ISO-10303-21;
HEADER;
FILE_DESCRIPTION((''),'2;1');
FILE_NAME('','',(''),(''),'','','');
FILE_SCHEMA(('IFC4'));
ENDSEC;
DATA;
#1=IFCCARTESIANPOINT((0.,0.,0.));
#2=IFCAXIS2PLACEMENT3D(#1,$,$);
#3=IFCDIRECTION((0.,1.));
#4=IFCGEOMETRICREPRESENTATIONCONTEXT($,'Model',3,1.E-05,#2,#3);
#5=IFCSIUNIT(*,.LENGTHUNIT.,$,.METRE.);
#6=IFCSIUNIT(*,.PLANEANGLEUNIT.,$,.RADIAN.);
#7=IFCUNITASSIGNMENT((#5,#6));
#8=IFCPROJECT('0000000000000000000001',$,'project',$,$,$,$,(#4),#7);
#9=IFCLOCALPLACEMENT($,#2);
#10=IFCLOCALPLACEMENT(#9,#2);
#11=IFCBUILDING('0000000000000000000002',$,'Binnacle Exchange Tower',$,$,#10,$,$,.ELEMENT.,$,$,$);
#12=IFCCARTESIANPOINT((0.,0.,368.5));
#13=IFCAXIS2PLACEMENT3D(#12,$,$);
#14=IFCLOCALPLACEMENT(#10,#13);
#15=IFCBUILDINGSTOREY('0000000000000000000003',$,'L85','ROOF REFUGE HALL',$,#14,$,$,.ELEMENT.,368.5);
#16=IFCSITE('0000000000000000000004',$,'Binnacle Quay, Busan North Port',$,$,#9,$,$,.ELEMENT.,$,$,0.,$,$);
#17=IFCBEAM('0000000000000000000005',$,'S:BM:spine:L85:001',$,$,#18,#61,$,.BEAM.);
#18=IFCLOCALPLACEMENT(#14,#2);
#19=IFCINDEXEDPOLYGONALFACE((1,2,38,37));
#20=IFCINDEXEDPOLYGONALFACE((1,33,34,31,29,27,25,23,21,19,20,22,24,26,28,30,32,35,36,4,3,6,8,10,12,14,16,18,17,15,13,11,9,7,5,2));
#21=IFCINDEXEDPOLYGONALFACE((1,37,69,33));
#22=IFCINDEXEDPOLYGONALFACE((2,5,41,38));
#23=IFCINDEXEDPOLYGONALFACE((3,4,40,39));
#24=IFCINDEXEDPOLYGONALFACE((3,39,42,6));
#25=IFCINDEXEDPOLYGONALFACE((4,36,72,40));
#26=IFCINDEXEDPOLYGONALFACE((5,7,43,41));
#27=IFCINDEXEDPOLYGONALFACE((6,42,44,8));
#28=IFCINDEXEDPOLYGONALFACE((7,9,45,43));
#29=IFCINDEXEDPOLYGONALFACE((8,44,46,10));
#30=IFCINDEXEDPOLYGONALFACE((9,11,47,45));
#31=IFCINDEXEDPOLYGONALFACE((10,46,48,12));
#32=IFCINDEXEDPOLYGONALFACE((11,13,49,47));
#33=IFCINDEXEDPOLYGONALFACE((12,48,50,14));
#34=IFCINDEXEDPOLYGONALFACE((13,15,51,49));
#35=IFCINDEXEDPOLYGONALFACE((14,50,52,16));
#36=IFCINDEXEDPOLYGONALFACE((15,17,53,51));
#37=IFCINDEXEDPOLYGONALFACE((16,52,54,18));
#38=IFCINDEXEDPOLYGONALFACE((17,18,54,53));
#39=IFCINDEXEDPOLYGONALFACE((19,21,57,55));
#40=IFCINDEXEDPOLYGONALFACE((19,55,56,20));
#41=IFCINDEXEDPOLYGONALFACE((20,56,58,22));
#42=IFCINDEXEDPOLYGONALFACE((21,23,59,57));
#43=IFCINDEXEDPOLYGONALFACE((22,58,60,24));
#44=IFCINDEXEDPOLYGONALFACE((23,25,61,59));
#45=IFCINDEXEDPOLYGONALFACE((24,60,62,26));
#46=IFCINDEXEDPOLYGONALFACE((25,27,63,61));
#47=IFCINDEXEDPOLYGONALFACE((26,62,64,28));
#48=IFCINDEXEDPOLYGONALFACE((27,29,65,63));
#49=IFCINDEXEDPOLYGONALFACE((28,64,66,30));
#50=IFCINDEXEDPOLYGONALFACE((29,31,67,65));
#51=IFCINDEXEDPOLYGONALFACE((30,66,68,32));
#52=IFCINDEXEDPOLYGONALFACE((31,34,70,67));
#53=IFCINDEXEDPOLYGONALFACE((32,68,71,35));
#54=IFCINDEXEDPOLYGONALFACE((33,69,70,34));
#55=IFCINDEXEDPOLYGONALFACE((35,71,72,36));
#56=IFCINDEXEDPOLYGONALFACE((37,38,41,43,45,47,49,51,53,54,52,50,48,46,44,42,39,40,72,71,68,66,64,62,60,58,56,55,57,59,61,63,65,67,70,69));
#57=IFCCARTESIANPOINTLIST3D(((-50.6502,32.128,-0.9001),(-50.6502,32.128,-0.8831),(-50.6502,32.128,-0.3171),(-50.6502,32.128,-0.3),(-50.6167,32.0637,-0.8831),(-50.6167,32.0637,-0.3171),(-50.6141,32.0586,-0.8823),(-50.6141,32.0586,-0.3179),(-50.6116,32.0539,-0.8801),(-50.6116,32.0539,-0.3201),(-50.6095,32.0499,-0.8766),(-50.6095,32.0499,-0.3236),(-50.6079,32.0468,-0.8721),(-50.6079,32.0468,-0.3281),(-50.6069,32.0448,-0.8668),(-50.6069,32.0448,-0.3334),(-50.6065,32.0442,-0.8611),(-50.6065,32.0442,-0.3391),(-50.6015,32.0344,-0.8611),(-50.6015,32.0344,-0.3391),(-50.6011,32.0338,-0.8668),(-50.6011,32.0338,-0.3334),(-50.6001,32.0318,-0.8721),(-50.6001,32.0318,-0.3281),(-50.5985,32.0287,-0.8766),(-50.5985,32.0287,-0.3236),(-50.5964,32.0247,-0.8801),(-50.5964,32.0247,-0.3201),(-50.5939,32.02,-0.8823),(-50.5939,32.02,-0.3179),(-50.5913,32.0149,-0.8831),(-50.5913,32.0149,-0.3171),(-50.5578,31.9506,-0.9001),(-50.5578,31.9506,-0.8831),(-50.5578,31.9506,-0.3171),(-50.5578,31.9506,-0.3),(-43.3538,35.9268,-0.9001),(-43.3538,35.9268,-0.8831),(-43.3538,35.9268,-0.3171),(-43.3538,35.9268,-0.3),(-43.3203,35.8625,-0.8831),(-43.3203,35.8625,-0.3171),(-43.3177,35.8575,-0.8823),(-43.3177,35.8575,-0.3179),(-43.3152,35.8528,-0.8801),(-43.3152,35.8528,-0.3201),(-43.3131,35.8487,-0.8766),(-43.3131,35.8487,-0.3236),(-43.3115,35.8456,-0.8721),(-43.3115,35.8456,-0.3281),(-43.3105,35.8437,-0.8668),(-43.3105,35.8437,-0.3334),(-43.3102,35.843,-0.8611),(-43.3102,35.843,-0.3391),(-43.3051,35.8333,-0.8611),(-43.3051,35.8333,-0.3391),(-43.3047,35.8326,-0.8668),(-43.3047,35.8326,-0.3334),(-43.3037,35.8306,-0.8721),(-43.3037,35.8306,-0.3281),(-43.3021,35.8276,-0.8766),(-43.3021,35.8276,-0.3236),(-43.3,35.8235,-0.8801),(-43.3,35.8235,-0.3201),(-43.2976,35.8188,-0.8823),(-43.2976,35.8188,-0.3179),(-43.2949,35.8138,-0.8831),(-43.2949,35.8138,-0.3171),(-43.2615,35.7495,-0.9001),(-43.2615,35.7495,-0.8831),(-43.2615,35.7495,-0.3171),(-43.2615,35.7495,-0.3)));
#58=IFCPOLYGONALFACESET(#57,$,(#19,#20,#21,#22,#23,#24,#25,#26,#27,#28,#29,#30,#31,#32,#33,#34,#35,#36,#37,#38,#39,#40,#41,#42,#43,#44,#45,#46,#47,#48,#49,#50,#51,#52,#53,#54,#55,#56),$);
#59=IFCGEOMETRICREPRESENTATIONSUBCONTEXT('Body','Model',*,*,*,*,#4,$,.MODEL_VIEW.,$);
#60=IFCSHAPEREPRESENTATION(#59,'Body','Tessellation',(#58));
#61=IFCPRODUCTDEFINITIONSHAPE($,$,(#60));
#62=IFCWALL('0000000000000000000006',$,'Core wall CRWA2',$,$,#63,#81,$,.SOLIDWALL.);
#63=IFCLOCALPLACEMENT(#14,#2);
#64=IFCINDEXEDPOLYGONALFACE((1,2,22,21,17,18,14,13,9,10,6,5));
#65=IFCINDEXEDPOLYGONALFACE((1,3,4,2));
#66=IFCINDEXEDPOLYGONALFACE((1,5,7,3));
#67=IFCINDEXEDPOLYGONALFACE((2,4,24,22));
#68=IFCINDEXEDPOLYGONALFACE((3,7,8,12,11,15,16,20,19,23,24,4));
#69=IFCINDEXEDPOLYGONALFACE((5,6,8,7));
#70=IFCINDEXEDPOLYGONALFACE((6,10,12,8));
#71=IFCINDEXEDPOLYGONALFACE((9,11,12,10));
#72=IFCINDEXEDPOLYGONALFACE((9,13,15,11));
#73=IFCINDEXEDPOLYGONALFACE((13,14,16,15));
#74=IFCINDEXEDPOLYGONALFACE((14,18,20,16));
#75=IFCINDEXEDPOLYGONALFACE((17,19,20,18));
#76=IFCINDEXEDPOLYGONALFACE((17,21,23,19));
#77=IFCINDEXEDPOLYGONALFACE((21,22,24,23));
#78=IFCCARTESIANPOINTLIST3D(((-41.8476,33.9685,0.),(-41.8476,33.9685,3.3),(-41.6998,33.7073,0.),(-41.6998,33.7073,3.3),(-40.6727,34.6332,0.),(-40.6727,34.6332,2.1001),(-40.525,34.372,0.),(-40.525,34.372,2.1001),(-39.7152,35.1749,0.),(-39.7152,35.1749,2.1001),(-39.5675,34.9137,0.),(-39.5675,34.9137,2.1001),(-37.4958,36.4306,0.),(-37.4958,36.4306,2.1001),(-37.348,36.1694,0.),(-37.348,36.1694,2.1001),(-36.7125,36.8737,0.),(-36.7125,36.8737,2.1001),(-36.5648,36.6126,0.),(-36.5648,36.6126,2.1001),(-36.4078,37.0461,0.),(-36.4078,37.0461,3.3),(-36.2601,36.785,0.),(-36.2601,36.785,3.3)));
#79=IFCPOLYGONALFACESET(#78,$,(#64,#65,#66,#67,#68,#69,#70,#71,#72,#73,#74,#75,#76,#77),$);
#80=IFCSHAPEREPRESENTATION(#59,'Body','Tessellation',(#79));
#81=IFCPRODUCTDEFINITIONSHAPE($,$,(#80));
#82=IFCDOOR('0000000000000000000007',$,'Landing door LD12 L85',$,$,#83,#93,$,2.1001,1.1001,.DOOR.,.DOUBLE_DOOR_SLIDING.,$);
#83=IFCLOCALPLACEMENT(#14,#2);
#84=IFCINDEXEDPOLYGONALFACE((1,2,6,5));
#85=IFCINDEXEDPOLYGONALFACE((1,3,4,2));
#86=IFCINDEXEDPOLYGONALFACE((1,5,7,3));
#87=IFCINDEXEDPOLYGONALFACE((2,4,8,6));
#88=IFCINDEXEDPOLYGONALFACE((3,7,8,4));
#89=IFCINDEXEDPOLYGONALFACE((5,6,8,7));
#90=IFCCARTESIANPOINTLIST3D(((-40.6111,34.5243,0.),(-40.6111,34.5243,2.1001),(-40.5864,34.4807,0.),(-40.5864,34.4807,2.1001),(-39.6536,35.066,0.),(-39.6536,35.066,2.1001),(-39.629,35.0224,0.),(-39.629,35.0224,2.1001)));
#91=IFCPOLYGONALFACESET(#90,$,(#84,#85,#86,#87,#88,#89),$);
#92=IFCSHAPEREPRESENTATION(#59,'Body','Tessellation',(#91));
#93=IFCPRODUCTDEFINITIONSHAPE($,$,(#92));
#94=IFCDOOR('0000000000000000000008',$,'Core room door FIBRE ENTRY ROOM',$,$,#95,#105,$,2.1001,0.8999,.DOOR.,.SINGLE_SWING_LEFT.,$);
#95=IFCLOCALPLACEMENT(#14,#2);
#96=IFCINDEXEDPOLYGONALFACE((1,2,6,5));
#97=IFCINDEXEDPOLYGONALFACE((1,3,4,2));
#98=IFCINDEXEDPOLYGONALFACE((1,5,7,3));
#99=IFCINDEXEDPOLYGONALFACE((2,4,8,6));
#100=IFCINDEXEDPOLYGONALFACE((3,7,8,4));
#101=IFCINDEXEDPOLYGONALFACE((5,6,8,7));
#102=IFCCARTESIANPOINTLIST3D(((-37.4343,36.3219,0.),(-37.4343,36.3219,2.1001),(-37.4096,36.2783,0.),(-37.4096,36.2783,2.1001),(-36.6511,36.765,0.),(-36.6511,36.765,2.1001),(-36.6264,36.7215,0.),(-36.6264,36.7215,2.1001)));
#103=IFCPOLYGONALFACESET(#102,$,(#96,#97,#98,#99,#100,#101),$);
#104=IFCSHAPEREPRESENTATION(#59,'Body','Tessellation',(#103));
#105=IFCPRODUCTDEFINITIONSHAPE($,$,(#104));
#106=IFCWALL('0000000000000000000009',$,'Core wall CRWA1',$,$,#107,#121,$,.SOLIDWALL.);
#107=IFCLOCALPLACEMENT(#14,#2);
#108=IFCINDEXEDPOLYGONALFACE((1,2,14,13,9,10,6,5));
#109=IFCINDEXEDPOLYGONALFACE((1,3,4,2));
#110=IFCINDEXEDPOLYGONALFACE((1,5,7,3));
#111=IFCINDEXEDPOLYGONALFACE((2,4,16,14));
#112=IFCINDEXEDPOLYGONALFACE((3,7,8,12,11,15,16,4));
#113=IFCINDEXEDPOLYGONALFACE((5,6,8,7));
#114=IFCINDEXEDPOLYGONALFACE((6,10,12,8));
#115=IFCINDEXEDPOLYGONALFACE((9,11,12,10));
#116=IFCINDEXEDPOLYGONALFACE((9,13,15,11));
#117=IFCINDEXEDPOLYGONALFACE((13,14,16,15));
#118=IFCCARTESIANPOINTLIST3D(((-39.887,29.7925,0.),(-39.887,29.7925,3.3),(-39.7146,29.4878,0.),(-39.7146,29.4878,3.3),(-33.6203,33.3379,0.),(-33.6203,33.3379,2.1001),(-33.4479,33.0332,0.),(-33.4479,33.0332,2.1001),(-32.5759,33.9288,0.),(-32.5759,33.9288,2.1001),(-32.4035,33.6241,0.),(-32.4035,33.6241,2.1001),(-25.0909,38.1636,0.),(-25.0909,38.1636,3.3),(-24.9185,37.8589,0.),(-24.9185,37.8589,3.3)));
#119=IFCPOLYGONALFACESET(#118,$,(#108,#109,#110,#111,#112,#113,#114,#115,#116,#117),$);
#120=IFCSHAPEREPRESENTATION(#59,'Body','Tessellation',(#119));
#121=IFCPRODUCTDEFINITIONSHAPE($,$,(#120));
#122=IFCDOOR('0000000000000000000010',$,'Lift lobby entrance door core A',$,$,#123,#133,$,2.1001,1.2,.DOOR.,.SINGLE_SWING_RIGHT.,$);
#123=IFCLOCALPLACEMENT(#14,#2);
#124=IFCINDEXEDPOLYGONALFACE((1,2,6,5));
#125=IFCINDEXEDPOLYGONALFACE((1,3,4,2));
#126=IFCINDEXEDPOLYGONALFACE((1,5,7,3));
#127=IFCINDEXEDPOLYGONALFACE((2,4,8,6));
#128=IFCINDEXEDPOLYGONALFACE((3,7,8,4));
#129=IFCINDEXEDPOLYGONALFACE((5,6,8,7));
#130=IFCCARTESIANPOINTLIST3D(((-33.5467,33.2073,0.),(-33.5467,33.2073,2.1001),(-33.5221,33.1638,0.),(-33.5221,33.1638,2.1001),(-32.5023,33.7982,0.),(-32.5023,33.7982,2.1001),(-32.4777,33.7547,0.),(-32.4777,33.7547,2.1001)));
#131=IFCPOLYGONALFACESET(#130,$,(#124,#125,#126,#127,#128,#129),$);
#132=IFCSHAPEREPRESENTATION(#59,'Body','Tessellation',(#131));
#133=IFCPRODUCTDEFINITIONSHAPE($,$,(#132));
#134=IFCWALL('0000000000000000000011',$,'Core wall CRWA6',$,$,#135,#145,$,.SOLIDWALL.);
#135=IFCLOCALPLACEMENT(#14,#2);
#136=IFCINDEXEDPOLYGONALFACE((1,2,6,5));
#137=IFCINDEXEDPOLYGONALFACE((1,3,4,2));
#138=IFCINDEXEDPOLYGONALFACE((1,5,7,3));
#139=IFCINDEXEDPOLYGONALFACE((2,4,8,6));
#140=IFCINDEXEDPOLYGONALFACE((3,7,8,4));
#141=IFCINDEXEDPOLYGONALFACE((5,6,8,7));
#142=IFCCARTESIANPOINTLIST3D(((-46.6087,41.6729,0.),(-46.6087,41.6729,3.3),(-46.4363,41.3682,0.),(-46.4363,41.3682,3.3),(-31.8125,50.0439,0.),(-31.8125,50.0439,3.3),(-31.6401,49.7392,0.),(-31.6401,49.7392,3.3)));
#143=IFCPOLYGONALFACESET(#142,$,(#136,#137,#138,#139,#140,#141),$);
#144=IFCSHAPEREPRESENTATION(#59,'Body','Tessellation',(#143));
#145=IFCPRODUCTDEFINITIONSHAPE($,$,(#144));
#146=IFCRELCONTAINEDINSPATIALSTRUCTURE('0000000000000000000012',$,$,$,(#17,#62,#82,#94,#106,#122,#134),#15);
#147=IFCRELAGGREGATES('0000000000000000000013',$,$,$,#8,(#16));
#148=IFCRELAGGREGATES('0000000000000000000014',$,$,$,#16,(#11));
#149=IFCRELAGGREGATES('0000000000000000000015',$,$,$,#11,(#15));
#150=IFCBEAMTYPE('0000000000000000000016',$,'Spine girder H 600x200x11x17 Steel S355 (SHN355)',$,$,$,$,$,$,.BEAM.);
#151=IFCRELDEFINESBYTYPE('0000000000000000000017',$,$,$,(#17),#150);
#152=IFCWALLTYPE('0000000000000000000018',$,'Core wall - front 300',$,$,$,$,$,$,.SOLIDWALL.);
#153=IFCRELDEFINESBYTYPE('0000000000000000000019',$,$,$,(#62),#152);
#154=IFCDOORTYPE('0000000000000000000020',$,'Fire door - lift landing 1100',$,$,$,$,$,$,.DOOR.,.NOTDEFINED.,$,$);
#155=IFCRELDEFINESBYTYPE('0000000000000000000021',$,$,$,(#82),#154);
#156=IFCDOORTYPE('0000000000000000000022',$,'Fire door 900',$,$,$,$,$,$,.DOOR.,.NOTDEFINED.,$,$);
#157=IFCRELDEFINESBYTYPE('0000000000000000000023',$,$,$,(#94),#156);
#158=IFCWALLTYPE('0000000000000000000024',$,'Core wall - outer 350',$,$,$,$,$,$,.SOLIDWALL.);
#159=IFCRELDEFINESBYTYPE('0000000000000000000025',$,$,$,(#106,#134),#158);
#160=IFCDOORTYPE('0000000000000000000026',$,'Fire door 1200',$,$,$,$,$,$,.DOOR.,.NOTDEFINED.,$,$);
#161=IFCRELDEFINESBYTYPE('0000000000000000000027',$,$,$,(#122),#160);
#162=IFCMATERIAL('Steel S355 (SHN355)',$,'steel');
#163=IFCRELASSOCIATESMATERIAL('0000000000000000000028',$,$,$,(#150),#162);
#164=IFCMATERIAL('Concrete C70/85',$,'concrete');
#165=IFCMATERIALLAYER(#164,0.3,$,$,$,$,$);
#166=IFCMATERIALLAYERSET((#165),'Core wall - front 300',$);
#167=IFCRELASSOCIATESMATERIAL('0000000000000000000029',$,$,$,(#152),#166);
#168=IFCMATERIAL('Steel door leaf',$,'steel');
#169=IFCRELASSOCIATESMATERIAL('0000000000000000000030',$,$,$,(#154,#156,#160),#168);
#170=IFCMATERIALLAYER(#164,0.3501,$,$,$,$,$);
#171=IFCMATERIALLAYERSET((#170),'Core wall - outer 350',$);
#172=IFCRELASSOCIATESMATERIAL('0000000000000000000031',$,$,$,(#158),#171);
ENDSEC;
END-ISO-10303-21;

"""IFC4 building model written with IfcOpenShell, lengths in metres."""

from ifc_helpers import new_model, si_unit, direction, frame, frame_2d, origin, origin_2d, place, context, subcontext, project, spatial, rectangle, i_section, extrude, material, layer, layer_set, material_profile, profile_set, type_object, element, fill, save


model = new_model("IFC4")

# Units and contexts
model_context = context("Model", 3, precision=1e-05, world=origin(), true_north=direction((0.0, 1.0)))
body_context = subcontext(model_context, "Body", "Model", "MODEL_VIEW")
ifc_project = project(units=[si_unit("LENGTHUNIT", "METRE"), si_unit("PLANEANGLEUNIT", "RADIAN")], contexts=[model_context])

# Site, building, storey
site_placement = place(None, origin())
site = spatial("IfcSite", under=ifc_project, at=site_placement, Name="Binnacle Quay, Busan North Port", CompositionType="ELEMENT", RefElevation=0.0)
building_placement = place(site_placement, origin())
building = spatial("IfcBuilding", under=site, at=building_placement, Name="Binnacle Exchange Tower", CompositionType="ELEMENT")
storey_placement = place(building_placement, frame((0.0, 0.0, 368.5)))
storey = spatial("IfcBuildingStorey", under=building, at=storey_placement, Name="L85", Description="ROOF REFUGE HALL", CompositionType="ELEMENT", Elevation=368.5)

# Shared definitions
ifc_material_1 = material(Name="Steel S355 (SHN355)", Category="steel")

# Beam
ifc_material_profile_1 = material_profile(ifc_material_1, i_section(OverallWidth=0.2, OverallDepth=0.6001, WebThickness=0.011, FlangeThickness=0.0171, FilletRadius=0.022, at=origin_2d()), Name="H 600x200x11x17")
ifc_profile_set_1 = profile_set([ifc_material_profile_1], Name="Steel S355 (SHN355)")
beam_type_1 = type_object("IfcBeamType", Name="Spine girder H 600x200x11x17 Steel S355 (SHN355)", PredefinedType="BEAM", material=ifc_profile_set_1)
beam_1_placement = place(storey_placement, frame((-50.604, 32.0393, -0.6001), z_axis=(0.886982, 0.461803, 0.0), x_axis=(-0.461803, 0.886982, 0.0)))
element("IfcBeam", 1, at=beam_1_placement, inside=storey, type_object=beam_type_1, Name="S:BM:spine:L85:001", PredefinedType="BEAM", context=body_context, shape_type="SweptSolid", body=[
    extrude(i_section(OverallWidth=0.2, OverallDepth=0.6001, WebThickness=0.011, FlangeThickness=0.0171, FilletRadius=0.022, at=origin_2d()), origin(), (0.0, 0.0, 1.0), 8.2261),
])

# Wall, openings, doors
ifc_material_2 = material(Name="Concrete C70/85", Category="concrete")
ifc_layer_1 = layer(ifc_material_2, 0.3)
ifc_layer_set_1 = layer_set([ifc_layer_1], Name="Core wall - front 300")
wall_type_1 = type_object("IfcWallType", Name="Core wall - front 300", PredefinedType="SOLIDWALL", material=ifc_layer_set_1)
wall_1_placement = place(storey_placement, frame((-41.7737, 33.8379, 0.0), z_axis=(0.0, 0.0, 1.0), x_axis=(0.870355, 0.492424, 0.0)))
wall_1 = element("IfcWall", 2, at=wall_1_placement, inside=storey, type_object=wall_type_1, Name="Core wall CRWA2", PredefinedType="SOLIDWALL", context=body_context, shape_type="SweptSolid", body=[
    extrude(rectangle(XDim=6.25, YDim=0.3, at=frame_2d((3.125, 0.0))), origin(), (0.0, 0.0, 1.0), 3.3),
])
opening_1_placement = place(wall_1_placement, frame((1.3499, 0.0, 0.0)))
opening_1 = element("IfcOpeningElement", 3, at=opening_1_placement, cuts=wall_1, PredefinedType="OPENING", context=body_context, shape_type="SweptSolid", body=[
    extrude(rectangle(XDim=1.1001, YDim=2.1001, at=frame_2d((0.55, 1.05))), frame((0.0, 0.1599, 0.0), z_axis=(0.0, -1.0, 0.0), x_axis=(1.0, 0.0, 0.0)), (0.0, 0.0, 1.0), 0.3201),
])
opening_2_placement = place(wall_1_placement, frame((5.0, 0.0, 0.0)))
opening_2 = element("IfcOpeningElement", 4, at=opening_2_placement, cuts=wall_1, PredefinedType="OPENING", context=body_context, shape_type="SweptSolid", body=[
    extrude(rectangle(XDim=0.8999, YDim=2.1001, at=frame_2d((0.45, 1.05))), frame((0.0, 0.1599, 0.0), z_axis=(0.0, -1.0, 0.0), x_axis=(1.0, 0.0, 0.0)), (0.0, 0.0, 1.0), 0.3201),
])
ifc_material_3 = material(Name="Steel door leaf", Category="steel")
door_type_1 = type_object("IfcDoorType", Name="Fire door - lift landing 1100", OperationType="NOTDEFINED", PredefinedType="DOOR", material=ifc_material_3)
door_1_placement = place(opening_1_placement, origin())
door_1 = element("IfcDoor", 5, at=door_1_placement, inside=storey, type_object=door_type_1, Name="Landing door LD12 L85", OperationType="DOUBLE_DOOR_SLIDING", OverallHeight=2.1001, OverallWidth=1.1001, PredefinedType="DOOR", context=body_context, shape_type="SweptSolid", body=[
    extrude(rectangle(XDim=1.1001, YDim=2.1001, at=frame_2d((0.55, 1.05))), frame((0.0, 0.0249, 0.0), z_axis=(0.0, -1.0, 0.0), x_axis=(1.0, 0.0, 0.0)), (0.0, 0.0, 1.0), 0.05),
])
fill(opening_1, door_1)
door_type_2 = type_object("IfcDoorType", Name="Fire door 900", OperationType="NOTDEFINED", PredefinedType="DOOR", material=ifc_material_3)
door_2_placement = place(opening_2_placement, frame((0.8999, 0.0, 0.0), z_axis=(0.0, 0.0, 1.0), x_axis=(-1.0, 0.0, 0.0)))
door_2 = element("IfcDoor", 6, at=door_2_placement, inside=storey, type_object=door_type_2, Name="Core room door FIBRE ENTRY ROOM", OperationType="SINGLE_SWING_LEFT", OverallHeight=2.1001, OverallWidth=0.8999, PredefinedType="DOOR", context=body_context, shape_type="SweptSolid", body=[
    extrude(rectangle(XDim=0.8999, YDim=2.1001, at=frame_2d((0.45, 1.05))), frame((0.0, 0.0249, 0.0), z_axis=(0.0, -1.0, 0.0), x_axis=(1.0, 0.0, 0.0)), (0.0, 0.0, 1.0), 0.05),
])
fill(opening_2, door_2)

# Wall, opening, door
ifc_layer_2 = layer(ifc_material_2, 0.3501)
ifc_layer_set_2 = layer_set([ifc_layer_2], Name="Core wall - outer 350")
wall_type_2 = type_object("IfcWallType", Name="Core wall - outer 350", PredefinedType="SOLIDWALL", material=ifc_layer_set_2)
wall_2_placement = place(storey_placement, frame((-39.8008, 29.6401, 0.0), z_axis=(0.0, 0.0, 1.0), x_axis=(0.87036, 0.492416, 0.0)))
wall_2 = element("IfcWall", 7, at=wall_2_placement, inside=storey, type_object=wall_type_2, Name="Core wall CRWA1", PredefinedType="SOLIDWALL", context=body_context, shape_type="SweptSolid", body=[
    extrude(rectangle(XDim=17.0, YDim=0.3501, at=frame_2d((8.5, 0.0))), origin(), (0.0, 0.0, 1.0), 3.3),
])
opening_3_placement = place(wall_2_placement, frame((7.2, 0.0, 0.0)))
opening_3 = element("IfcOpeningElement", 8, at=opening_3_placement, cuts=wall_2, PredefinedType="OPENING", context=body_context, shape_type="SweptSolid", body=[
    extrude(rectangle(XDim=1.2, YDim=2.1001, at=frame_2d((0.6001, 1.05))), frame((0.0, 0.1851, 0.0), z_axis=(0.0, -1.0, 0.0), x_axis=(1.0, 0.0, 0.0)), (0.0, 0.0, 1.0), 0.3701),
])
door_type_3 = type_object("IfcDoorType", Name="Fire door 1200", OperationType="NOTDEFINED", PredefinedType="DOOR", material=ifc_material_3)
door_3_placement = place(opening_3_placement, frame((1.2, 0.0, 0.0), z_axis=(0.0, 0.0, 1.0), x_axis=(-1.0, 0.0, 0.0)))
door_3 = element("IfcDoor", 9, at=door_3_placement, inside=storey, type_object=door_type_3, Name="Lift lobby entrance door core A", OperationType="SINGLE_SWING_RIGHT", OverallHeight=2.1001, OverallWidth=1.2, PredefinedType="DOOR", context=body_context, shape_type="SweptSolid", body=[
    extrude(rectangle(XDim=1.2, YDim=2.1001, at=frame_2d((0.6001, 1.05))), frame((0.0, 0.0249, 0.0), z_axis=(0.0, -1.0, 0.0), x_axis=(1.0, 0.0, 0.0)), (0.0, 0.0, 1.0), 0.05),
])
fill(opening_3, door_3)

# Wall
wall_3_placement = place(storey_placement, frame((-46.5225, 41.5205, 0.0), z_axis=(0.0, 0.0, 1.0), x_axis=(0.87036, 0.492416, 0.0)))
element("IfcWall", 10, at=wall_3_placement, inside=storey, type_object=wall_type_2, Name="Core wall CRWA6", PredefinedType="SOLIDWALL", context=body_context, shape_type="SweptSolid", body=[
    extrude(rectangle(XDim=17.0, YDim=0.3501, at=frame_2d((8.5, 0.0))), origin(), (0.0, 0.0, 1.0), 3.3),
])

save(model, "model.ifc")
